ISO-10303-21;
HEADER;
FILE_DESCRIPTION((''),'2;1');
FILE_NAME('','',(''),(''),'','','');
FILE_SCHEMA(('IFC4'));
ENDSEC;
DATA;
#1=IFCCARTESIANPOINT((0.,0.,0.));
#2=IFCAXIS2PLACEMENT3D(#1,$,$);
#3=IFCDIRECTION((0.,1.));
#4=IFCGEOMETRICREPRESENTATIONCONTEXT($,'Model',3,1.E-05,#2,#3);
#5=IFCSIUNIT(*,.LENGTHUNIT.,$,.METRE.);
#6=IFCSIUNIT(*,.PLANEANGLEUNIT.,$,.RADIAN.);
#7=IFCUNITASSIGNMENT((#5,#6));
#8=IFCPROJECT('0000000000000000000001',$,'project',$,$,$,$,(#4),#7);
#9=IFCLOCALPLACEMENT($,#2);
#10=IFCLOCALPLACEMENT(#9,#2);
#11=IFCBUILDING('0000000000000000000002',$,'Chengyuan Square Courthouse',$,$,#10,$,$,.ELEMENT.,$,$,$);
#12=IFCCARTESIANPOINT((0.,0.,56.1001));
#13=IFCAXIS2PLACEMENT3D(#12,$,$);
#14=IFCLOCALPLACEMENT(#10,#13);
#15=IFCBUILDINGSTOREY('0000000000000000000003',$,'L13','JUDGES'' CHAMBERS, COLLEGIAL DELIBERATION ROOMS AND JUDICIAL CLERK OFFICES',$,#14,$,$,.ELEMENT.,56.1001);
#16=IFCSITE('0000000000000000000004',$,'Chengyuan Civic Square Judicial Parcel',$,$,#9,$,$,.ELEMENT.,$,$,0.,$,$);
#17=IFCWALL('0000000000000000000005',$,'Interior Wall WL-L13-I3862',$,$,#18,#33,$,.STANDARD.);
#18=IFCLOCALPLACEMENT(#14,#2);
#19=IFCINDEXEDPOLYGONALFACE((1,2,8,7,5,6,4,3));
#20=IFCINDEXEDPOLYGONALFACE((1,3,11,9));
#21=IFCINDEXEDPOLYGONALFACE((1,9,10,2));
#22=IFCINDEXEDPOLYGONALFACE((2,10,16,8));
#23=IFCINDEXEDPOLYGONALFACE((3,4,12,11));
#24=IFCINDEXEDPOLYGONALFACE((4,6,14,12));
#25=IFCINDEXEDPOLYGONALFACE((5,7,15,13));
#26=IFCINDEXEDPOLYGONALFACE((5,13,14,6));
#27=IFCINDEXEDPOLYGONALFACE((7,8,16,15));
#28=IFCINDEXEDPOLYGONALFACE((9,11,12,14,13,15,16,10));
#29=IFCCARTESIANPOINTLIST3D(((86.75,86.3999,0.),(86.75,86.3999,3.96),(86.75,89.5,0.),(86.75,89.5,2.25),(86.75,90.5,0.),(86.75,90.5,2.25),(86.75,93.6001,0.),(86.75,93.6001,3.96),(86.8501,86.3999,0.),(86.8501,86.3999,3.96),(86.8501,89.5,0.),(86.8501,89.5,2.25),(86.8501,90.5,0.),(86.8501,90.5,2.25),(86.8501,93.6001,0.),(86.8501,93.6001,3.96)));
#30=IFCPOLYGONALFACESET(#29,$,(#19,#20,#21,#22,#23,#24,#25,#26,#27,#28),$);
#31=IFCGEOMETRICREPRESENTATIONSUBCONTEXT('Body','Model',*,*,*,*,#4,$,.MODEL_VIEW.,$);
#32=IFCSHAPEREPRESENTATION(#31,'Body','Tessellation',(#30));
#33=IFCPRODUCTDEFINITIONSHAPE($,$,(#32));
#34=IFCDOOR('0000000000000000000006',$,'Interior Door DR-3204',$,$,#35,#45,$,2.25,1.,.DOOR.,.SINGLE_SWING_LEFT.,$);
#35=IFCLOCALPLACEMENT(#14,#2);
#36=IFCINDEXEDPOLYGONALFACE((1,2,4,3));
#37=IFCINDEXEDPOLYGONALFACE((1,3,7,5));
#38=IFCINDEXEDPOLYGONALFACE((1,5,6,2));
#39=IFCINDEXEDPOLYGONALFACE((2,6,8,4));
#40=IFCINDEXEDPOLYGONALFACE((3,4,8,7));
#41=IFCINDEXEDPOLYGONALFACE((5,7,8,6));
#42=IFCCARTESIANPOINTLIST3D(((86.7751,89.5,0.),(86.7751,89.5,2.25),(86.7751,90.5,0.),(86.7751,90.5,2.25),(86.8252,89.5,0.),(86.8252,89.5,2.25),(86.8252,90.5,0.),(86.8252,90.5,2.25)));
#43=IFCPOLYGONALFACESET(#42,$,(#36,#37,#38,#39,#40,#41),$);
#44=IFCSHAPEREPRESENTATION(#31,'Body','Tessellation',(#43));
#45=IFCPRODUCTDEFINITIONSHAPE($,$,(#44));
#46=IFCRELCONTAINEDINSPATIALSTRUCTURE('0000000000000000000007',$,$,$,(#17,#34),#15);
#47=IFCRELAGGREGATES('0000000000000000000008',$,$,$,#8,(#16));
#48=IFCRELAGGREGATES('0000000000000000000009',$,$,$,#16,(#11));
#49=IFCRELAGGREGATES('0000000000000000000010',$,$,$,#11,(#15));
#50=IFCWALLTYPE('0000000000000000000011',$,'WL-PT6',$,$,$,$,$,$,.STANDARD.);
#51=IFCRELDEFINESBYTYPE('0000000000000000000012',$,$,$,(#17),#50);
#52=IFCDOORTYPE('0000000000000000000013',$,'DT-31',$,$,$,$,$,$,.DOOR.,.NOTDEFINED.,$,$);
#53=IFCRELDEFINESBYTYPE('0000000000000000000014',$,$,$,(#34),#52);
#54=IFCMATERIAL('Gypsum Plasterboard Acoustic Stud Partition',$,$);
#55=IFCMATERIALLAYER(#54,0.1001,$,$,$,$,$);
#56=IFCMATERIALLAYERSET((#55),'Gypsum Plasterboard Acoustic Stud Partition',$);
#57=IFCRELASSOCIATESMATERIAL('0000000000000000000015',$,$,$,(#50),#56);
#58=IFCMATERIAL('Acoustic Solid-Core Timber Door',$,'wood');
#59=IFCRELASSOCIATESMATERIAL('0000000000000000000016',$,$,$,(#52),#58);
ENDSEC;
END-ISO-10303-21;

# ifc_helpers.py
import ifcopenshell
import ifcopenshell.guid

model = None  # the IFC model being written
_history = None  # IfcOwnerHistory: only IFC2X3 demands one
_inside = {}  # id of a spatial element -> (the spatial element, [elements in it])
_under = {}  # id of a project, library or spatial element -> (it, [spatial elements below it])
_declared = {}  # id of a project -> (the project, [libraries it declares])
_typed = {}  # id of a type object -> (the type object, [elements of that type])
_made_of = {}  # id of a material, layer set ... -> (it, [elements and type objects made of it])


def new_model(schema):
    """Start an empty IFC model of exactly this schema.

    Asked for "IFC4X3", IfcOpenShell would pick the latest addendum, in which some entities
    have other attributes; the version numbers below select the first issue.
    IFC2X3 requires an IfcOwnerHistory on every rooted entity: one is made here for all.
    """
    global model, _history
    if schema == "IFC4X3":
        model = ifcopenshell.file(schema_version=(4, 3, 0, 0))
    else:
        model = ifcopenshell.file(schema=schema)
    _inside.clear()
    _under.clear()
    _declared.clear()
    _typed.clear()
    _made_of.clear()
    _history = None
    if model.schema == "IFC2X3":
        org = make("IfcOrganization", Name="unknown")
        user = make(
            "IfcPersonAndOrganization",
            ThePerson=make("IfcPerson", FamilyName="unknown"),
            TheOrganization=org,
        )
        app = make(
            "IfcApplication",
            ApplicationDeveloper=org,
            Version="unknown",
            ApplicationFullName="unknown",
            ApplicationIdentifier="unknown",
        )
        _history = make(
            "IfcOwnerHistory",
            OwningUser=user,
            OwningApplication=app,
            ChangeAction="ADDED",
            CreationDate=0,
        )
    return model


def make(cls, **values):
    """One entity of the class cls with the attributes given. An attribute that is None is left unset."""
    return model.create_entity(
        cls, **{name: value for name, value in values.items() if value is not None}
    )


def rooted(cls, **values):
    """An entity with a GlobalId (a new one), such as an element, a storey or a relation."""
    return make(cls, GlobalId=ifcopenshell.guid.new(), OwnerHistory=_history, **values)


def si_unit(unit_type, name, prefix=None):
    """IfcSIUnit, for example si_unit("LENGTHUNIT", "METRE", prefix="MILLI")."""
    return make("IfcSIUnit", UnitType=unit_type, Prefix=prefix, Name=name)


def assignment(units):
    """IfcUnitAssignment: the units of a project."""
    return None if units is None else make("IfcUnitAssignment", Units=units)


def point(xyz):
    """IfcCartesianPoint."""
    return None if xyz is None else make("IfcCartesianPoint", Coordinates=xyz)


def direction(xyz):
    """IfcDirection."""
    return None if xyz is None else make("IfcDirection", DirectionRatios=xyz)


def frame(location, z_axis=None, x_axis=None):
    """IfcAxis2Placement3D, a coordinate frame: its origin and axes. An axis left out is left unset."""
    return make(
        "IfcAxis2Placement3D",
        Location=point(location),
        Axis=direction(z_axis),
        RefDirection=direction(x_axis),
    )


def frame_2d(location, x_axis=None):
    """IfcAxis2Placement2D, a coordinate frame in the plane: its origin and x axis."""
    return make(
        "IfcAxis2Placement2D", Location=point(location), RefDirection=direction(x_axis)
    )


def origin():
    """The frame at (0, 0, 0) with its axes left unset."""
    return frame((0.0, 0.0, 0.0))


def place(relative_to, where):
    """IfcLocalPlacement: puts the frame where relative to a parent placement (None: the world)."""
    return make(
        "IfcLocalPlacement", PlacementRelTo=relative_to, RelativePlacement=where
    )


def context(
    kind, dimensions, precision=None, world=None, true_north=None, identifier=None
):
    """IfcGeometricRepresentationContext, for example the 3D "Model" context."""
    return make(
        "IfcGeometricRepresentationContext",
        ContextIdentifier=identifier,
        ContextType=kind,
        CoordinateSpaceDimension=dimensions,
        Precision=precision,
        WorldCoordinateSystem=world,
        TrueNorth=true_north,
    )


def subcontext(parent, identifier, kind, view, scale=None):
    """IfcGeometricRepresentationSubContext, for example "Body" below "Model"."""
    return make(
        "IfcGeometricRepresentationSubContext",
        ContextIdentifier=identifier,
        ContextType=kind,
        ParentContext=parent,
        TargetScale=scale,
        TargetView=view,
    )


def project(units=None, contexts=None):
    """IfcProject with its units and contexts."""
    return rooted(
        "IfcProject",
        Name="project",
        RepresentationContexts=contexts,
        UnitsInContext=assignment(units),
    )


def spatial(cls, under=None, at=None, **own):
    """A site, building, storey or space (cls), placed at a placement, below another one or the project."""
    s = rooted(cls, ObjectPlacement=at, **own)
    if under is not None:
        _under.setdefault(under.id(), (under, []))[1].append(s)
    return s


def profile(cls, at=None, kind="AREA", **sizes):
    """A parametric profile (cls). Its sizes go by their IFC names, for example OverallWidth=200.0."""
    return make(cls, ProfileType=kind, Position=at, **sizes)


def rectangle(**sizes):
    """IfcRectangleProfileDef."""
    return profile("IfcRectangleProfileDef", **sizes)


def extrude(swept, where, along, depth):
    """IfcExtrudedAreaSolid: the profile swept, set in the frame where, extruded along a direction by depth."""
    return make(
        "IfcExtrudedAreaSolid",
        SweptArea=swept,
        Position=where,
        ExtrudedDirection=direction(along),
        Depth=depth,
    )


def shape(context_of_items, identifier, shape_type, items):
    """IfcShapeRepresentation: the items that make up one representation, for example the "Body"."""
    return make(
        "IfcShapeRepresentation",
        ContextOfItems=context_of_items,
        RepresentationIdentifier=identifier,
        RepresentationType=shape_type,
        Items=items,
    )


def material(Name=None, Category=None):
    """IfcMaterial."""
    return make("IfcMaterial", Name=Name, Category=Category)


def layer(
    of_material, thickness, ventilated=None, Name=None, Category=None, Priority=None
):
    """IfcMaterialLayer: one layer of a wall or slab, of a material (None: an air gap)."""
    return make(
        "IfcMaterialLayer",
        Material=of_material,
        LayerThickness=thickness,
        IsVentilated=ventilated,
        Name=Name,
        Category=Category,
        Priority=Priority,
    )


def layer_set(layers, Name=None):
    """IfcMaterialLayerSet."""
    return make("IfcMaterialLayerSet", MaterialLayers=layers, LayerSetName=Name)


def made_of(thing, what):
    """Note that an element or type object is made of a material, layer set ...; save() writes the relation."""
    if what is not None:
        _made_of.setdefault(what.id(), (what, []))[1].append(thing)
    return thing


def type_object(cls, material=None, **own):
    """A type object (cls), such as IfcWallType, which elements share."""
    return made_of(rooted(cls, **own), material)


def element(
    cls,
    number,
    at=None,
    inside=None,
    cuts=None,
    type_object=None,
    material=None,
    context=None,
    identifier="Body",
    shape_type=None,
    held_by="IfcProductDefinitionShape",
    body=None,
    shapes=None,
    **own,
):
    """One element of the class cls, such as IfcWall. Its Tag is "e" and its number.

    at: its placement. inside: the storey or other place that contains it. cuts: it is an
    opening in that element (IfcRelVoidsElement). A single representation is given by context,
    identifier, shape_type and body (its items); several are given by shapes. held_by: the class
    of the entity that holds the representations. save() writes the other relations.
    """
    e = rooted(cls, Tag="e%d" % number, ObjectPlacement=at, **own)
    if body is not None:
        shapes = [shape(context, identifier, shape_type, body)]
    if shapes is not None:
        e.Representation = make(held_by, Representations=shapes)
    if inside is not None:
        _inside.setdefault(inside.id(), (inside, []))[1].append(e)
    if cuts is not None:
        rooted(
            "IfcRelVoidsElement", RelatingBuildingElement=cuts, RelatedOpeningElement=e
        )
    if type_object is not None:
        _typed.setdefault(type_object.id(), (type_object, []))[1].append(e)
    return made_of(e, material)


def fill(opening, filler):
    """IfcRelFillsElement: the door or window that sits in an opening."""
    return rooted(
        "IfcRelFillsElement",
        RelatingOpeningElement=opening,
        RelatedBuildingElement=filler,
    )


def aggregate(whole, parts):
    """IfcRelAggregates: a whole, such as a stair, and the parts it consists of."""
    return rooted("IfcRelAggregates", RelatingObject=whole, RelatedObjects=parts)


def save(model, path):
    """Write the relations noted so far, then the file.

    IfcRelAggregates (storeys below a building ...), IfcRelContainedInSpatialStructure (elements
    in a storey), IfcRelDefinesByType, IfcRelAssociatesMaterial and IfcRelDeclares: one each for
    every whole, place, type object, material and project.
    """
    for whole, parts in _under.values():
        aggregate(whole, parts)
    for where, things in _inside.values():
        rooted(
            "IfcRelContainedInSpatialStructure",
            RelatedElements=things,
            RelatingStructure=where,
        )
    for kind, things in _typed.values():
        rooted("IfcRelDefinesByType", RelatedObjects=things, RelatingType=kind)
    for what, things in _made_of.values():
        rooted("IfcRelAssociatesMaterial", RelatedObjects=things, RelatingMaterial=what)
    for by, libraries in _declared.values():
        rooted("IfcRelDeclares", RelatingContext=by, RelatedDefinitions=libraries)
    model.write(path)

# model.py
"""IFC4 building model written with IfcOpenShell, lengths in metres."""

from ifc_helpers import new_model, si_unit, direction, frame, frame_2d, origin, place, context, subcontext, project, spatial, rectangle, extrude, material, layer, layer_set, type_object, element, fill, save


model = new_model("IFC4")

# Units and contexts
model_context = context("Model", 3, precision=1e-05, world=origin(), true_north=direction((0.0, 1.0)))
body_context = subcontext(model_context, "Body", "Model", "MODEL_VIEW")
ifc_project = project(units=[si_unit("LENGTHUNIT", "METRE"), si_unit("PLANEANGLEUNIT", "RADIAN")], contexts=[model_context])

# Site, building, storey
site_placement = place(None, origin())
site = spatial("IfcSite", under=ifc_project, at=site_placement, Name="Chengyuan Civic Square Judicial Parcel", CompositionType="ELEMENT", RefElevation=0.0)
building_placement = place(site_placement, origin())
building = spatial("IfcBuilding", under=site, at=building_placement, Name="Chengyuan Square Courthouse", CompositionType="ELEMENT")
storey_placement = place(building_placement, frame((0.0, 0.0, 56.1001)))
storey = spatial("IfcBuildingStorey", under=building, at=storey_placement, Name="L13", Description="JUDGES' CHAMBERS, COLLEGIAL DELIBERATION ROOMS AND JUDICIAL CLERK OFFICES", CompositionType="ELEMENT", Elevation=56.1001)

# Shared definitions
ifc_material_1 = material(Name="Gypsum Plasterboard Acoustic Stud Partition")
ifc_layer_1 = layer(ifc_material_1, 0.1001)
ifc_layer_set_1 = layer_set([ifc_layer_1], Name="Gypsum Plasterboard Acoustic Stud Partition")
wall_type_1 = type_object("IfcWallType", Name="WL-PT6", PredefinedType="STANDARD", material=ifc_layer_set_1)
ifc_material_2 = material(Name="Acoustic Solid-Core Timber Door", Category="wood")

# Wall, opening, door
wall_1_placement = place(storey_placement, frame((86.8, 86.3999, 0.0), z_axis=(0.0, 0.0, 1.0), x_axis=(0.0, 1.0, 0.0)))
wall_1 = element("IfcWall", 1, at=wall_1_placement, inside=storey, type_object=wall_type_1, Name="Interior Wall WL-L13-I3862", PredefinedType="STANDARD", context=body_context, shape_type="SweptSolid", body=[
    extrude(rectangle(XDim=7.2002, YDim=0.1001, at=frame_2d((3.6001, 0.0))), origin(), (0.0, 0.0, 1.0), 3.96),
])
opening_1_placement = place(wall_1_placement, frame((3.1001, 0.0, 0.0)))
opening_1 = element("IfcOpeningElement", 2, at=opening_1_placement, cuts=wall_1, PredefinedType="OPENING", context=body_context, shape_type="SweptSolid", body=[
    extrude(rectangle(XDim=1.0, YDim=2.25, at=frame_2d((0.5, 1.125))), frame((0.0, 0.062, 0.0), z_axis=(0.0, -1.0, 0.0), x_axis=(1.0, 0.0, 0.0)), (0.0, 0.0, 1.0), 0.124),
])
door_type_1 = type_object("IfcDoorType", Name="DT-31", OperationType="NOTDEFINED", PredefinedType="DOOR", material=ifc_material_2)
door_1_placement = place(opening_1_placement, origin())
door_1 = element("IfcDoor", 3, at=door_1_placement, inside=storey, type_object=door_type_1, Name="Interior Door DR-3204", OperationType="SINGLE_SWING_LEFT", OverallHeight=2.25, OverallWidth=1.0, PredefinedType="DOOR", context=body_context, shape_type="SweptSolid", body=[
    extrude(rectangle(XDim=1.0, YDim=2.25, at=frame_2d((0.5, 1.125))), frame((0.0, 0.0249, 0.0), z_axis=(0.0, -1.0, 0.0), x_axis=(1.0, 0.0, 0.0)), (0.0, 0.0, 1.0), 0.05),
])
fill(opening_1, door_1)

save(model, "model.ifc")
